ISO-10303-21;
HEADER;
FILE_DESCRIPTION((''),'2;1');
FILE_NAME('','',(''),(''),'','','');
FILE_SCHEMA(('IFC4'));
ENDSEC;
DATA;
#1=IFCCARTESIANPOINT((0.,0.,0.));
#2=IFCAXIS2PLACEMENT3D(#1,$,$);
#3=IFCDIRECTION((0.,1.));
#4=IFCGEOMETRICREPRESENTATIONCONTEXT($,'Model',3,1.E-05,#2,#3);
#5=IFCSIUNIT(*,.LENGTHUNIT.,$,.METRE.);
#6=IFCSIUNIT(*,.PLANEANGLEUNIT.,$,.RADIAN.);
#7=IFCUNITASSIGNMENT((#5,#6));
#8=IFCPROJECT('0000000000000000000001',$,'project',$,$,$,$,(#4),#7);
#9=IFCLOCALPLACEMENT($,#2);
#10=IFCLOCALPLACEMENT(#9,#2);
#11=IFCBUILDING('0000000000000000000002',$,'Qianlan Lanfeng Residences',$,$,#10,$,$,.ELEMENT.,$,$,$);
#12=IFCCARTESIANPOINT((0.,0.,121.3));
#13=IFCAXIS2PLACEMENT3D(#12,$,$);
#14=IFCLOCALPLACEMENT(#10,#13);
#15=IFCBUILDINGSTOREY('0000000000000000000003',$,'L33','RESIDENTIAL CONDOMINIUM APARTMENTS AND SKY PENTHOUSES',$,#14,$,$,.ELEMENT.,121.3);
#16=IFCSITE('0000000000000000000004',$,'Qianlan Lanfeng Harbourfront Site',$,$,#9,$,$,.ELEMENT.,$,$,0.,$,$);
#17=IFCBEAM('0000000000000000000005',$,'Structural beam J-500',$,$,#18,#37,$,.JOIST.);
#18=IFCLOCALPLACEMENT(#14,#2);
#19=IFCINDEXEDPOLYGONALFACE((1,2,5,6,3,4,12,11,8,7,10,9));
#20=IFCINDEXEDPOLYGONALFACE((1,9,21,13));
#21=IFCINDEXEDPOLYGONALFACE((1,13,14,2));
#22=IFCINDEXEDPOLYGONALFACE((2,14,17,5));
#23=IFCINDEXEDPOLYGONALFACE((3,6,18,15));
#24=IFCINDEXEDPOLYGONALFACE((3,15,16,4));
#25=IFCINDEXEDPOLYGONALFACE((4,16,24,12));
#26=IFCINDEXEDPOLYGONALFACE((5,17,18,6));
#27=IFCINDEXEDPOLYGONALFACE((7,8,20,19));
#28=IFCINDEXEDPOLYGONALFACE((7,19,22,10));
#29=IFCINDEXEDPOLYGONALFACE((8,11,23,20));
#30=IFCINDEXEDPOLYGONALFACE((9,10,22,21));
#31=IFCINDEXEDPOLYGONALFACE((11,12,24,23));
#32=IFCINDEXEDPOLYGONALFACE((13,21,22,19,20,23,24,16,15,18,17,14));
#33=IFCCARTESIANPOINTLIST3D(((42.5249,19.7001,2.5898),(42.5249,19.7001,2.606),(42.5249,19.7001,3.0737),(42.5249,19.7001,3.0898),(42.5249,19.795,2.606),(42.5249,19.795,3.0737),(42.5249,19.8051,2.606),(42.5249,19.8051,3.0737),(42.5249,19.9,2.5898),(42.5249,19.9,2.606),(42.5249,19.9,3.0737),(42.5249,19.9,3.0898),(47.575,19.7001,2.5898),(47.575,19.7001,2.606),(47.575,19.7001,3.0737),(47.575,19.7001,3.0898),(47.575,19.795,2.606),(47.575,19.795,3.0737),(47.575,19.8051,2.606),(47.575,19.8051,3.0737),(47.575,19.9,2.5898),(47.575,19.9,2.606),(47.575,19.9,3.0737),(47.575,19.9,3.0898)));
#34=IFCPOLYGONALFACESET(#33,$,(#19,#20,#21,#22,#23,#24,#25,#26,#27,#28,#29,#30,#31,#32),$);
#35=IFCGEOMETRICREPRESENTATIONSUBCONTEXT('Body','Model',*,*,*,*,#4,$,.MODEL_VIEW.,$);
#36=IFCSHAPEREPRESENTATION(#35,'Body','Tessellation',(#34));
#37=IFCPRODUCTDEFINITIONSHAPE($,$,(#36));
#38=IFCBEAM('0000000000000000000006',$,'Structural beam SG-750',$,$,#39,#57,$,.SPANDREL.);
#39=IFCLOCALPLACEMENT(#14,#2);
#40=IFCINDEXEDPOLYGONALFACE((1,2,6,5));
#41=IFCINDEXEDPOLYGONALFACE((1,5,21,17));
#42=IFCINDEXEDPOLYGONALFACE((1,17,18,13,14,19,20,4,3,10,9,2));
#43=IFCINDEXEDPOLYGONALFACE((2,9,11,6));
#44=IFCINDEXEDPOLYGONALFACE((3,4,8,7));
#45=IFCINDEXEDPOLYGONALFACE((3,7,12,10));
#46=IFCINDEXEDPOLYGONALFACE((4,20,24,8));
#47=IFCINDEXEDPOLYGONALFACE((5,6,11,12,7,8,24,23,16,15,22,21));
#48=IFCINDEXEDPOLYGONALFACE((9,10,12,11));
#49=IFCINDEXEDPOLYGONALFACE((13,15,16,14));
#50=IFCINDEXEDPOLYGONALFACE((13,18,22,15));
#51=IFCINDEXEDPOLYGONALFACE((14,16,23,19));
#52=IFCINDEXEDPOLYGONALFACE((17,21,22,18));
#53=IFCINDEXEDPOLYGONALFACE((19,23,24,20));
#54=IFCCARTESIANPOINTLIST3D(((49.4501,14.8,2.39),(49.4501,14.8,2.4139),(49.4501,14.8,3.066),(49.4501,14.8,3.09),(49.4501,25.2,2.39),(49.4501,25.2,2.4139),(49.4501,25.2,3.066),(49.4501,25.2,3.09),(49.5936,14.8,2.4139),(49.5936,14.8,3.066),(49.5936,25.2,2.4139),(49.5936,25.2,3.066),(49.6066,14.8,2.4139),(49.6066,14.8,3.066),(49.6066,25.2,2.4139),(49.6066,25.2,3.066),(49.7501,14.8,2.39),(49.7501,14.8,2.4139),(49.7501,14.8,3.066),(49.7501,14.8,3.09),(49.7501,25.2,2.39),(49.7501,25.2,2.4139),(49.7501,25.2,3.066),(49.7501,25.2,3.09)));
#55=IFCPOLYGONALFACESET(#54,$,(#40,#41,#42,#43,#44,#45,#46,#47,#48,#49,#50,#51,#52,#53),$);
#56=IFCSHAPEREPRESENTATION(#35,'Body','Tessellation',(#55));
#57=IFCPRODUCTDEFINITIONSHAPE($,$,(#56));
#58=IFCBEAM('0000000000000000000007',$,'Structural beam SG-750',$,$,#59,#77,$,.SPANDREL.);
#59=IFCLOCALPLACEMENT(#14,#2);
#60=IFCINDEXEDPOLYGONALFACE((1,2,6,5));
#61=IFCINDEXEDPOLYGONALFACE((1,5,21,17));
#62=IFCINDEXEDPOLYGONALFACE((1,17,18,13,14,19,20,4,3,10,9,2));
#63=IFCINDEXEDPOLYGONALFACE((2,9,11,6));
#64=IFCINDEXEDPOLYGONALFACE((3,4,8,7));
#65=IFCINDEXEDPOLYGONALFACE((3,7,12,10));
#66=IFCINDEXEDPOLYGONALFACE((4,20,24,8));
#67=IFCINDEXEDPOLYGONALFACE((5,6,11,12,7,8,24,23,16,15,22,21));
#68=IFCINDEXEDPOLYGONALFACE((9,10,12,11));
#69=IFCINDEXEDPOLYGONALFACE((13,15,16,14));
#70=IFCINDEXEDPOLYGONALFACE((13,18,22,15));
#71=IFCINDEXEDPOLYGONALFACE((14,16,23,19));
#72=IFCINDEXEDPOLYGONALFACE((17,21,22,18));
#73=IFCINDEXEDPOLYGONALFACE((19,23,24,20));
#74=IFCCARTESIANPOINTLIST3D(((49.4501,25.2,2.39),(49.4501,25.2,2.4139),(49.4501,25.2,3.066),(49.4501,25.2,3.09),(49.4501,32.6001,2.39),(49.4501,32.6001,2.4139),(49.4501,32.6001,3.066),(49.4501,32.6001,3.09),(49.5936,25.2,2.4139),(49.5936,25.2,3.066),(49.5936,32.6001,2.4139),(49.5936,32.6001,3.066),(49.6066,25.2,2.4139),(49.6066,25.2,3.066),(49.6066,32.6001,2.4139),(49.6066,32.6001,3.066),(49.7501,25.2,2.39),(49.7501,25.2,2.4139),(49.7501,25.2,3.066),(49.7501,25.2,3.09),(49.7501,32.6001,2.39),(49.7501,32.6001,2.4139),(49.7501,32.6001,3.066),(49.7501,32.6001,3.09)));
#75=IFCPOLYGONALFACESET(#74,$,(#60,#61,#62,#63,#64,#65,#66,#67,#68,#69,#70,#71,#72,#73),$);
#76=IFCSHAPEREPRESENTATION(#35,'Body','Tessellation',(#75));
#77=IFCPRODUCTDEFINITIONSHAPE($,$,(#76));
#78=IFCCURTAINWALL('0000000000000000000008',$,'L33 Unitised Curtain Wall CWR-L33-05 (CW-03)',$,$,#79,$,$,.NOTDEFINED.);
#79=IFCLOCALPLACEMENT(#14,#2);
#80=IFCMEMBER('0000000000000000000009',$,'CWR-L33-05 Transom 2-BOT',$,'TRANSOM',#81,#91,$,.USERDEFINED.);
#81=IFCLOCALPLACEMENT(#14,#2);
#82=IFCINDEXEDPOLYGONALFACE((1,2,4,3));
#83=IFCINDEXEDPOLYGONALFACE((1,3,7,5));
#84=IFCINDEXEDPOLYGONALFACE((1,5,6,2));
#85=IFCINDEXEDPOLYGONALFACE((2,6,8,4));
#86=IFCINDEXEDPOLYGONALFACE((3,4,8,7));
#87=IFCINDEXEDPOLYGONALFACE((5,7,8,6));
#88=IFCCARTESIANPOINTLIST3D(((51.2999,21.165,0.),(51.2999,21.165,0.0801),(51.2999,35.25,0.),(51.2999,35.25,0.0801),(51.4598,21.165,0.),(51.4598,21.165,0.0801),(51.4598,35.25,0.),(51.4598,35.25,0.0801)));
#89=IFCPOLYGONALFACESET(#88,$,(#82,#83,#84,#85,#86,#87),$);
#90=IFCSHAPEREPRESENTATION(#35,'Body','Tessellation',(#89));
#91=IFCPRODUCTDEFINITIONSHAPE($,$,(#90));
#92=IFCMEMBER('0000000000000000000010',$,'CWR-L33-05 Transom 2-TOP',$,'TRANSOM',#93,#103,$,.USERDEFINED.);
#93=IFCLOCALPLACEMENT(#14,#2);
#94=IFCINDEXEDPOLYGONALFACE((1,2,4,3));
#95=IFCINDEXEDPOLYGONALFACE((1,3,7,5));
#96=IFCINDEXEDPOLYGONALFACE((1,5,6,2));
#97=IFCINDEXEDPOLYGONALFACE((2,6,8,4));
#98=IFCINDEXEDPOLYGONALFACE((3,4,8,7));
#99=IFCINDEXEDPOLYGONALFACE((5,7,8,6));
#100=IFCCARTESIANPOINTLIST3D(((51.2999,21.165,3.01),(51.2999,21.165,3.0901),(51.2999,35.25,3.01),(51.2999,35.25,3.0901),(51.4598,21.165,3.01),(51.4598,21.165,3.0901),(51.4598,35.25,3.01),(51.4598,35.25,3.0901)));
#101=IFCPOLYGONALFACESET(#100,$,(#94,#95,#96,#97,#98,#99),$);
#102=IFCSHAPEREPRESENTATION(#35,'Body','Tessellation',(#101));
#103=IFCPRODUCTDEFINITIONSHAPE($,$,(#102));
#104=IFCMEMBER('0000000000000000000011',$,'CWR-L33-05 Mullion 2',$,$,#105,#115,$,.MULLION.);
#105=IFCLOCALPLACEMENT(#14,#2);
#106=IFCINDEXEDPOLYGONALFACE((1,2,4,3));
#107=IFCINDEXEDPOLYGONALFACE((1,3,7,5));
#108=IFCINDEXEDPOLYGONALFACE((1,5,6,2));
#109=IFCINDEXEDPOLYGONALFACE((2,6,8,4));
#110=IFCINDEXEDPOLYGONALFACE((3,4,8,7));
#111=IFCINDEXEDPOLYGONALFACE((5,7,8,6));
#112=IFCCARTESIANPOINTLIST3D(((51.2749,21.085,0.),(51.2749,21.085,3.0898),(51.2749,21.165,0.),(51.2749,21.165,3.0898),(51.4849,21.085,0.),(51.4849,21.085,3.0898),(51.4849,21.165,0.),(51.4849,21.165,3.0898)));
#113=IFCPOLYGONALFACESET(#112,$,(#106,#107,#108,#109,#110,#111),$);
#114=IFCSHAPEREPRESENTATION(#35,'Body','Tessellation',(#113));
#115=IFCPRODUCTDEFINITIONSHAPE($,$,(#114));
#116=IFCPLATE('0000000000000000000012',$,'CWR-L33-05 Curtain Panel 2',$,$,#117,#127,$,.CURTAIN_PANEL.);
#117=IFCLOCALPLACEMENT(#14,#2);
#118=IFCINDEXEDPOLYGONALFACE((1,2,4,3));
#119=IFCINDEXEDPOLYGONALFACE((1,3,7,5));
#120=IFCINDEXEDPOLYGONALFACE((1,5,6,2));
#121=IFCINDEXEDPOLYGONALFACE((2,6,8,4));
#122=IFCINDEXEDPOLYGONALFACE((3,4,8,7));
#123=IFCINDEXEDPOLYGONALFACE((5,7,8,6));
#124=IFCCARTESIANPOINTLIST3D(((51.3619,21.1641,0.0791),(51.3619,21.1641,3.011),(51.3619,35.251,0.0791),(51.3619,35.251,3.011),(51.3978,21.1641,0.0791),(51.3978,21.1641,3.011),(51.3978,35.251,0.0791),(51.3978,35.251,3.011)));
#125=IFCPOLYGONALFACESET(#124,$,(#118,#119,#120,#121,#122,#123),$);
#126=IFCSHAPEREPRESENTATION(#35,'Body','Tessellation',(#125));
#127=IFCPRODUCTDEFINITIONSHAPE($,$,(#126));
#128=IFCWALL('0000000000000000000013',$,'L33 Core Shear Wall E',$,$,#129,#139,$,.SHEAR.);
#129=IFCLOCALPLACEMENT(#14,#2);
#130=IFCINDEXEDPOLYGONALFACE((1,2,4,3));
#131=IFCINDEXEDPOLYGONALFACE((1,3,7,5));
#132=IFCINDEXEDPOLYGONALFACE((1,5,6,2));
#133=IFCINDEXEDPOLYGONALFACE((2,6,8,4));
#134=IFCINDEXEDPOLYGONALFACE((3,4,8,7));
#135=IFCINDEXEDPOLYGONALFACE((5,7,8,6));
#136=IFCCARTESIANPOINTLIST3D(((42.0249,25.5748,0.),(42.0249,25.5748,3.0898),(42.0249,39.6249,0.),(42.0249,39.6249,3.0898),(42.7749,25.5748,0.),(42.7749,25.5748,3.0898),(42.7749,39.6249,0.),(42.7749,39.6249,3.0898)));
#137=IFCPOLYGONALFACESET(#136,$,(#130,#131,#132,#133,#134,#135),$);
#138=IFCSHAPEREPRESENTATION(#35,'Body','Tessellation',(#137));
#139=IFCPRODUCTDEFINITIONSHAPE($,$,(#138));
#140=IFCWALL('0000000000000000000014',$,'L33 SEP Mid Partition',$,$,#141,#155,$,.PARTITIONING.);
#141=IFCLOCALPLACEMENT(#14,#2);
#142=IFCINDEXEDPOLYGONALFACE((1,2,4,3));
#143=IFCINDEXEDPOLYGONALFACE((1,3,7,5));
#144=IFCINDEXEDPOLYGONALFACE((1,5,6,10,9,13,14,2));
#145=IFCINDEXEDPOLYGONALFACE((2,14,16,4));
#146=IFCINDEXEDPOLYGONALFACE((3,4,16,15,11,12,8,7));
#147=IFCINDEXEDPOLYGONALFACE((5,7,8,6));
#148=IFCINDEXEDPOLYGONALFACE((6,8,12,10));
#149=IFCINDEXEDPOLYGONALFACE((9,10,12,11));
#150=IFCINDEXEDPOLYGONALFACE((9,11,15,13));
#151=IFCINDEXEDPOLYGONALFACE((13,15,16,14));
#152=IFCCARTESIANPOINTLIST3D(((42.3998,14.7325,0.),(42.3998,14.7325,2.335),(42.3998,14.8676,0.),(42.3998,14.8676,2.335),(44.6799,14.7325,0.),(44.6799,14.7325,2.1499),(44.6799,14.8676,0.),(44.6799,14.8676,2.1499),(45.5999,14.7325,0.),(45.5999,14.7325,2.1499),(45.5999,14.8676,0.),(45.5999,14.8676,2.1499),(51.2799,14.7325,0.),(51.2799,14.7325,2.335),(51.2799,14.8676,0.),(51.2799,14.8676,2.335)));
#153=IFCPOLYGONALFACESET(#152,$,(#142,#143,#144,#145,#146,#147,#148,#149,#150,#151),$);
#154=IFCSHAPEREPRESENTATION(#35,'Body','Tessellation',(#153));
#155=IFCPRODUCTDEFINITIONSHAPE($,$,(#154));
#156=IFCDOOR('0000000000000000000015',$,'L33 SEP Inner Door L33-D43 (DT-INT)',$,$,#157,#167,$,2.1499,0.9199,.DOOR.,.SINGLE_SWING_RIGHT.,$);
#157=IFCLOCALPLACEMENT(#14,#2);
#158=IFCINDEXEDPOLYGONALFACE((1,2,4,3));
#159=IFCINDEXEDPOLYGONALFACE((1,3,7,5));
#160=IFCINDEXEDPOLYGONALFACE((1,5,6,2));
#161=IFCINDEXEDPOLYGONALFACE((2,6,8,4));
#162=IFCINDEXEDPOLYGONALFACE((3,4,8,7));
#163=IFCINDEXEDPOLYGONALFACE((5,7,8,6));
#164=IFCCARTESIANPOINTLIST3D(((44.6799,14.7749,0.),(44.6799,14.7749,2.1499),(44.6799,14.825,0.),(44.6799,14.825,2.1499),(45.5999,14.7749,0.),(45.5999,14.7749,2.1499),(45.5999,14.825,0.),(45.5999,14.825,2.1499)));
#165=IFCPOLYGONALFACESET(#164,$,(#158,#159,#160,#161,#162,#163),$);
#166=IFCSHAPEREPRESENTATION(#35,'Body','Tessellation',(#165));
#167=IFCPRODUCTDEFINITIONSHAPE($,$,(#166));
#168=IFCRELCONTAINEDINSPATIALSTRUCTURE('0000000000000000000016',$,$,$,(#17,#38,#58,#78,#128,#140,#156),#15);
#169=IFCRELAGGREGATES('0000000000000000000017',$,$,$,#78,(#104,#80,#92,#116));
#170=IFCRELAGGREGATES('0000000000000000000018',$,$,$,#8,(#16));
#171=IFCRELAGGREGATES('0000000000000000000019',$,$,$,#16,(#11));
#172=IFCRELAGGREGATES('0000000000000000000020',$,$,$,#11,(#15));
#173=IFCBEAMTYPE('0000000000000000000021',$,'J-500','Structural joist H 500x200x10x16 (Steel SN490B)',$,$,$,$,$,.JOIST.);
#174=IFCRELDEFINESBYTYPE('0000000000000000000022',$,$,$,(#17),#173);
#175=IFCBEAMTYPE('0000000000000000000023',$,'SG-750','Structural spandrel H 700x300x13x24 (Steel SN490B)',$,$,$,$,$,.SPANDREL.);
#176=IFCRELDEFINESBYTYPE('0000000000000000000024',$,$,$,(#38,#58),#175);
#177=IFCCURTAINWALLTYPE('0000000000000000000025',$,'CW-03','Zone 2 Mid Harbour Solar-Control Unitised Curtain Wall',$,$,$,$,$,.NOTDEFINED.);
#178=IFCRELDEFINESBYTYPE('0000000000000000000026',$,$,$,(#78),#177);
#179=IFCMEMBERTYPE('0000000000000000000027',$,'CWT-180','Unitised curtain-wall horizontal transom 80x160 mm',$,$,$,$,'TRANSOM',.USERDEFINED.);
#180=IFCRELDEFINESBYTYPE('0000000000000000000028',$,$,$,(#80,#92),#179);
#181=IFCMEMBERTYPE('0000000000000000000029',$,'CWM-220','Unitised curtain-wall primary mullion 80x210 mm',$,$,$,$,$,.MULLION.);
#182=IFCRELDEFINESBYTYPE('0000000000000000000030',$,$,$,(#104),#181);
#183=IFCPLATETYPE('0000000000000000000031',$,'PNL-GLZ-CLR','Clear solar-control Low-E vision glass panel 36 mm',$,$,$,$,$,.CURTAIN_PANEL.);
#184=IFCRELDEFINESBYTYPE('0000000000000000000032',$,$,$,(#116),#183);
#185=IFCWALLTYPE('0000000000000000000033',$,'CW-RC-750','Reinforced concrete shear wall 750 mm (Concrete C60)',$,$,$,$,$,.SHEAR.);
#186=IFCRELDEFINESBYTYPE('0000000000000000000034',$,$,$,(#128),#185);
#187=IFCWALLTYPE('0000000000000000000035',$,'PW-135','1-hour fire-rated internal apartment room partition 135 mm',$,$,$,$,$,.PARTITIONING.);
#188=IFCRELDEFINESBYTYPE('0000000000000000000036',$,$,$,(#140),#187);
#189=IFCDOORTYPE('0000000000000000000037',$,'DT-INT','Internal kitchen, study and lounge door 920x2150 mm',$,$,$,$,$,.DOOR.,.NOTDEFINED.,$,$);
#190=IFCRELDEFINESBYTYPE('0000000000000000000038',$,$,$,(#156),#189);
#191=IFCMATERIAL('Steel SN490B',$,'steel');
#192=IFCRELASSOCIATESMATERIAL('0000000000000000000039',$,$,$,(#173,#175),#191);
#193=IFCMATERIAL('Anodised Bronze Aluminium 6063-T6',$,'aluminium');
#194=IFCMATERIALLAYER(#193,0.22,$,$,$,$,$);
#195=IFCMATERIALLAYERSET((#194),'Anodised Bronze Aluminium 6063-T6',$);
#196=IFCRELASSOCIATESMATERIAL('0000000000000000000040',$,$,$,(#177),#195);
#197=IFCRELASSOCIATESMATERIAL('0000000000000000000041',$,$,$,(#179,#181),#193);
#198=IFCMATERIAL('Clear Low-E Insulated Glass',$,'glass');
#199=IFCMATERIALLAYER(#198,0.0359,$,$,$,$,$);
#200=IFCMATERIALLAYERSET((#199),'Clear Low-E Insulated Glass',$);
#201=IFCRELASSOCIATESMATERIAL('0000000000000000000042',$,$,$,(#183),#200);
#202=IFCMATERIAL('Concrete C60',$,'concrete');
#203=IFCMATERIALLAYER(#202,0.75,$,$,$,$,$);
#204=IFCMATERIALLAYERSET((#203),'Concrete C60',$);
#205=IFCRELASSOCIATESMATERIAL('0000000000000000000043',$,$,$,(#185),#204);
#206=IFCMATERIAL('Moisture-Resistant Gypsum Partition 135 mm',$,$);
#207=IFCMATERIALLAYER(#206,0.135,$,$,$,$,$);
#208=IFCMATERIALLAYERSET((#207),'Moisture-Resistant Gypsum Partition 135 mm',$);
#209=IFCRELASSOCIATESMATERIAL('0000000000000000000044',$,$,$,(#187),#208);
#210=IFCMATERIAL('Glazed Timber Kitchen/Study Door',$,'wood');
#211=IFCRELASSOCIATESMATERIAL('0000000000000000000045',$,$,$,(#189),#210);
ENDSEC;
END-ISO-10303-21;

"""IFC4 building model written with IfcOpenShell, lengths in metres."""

from ifc_helpers import new_model, si_unit, direction, frame, frame_2d, origin, origin_2d, place, context, subcontext, project, spatial, rectangle, i_section, extrude, source, transform, mapped, material, layer, layer_set, material_profile, profile_set, type_object, element, fill, aggregate, save


model = new_model("IFC4")

# Units and contexts
model_context = context("Model", 3, precision=1e-05, world=origin(), true_north=direction((0.0, 1.0)))
body_context = subcontext(model_context, "Body", "Model", "MODEL_VIEW")
ifc_project = project(units=[si_unit("LENGTHUNIT", "METRE"), si_unit("PLANEANGLEUNIT", "RADIAN")], contexts=[model_context])

# Site, building, storey
site_placement = place(None, origin())
site = spatial("IfcSite", under=ifc_project, at=site_placement, Name="Qianlan Lanfeng Harbourfront Site", CompositionType="ELEMENT", RefElevation=0.0)
building_placement = place(site_placement, origin())
building = spatial("IfcBuilding", under=site, at=building_placement, Name="Qianlan Lanfeng Residences", CompositionType="ELEMENT")
storey_placement = place(building_placement, frame((0.0, 0.0, 121.3)))
storey = spatial("IfcBuildingStorey", under=building, at=storey_placement, Name="L33", Description="RESIDENTIAL CONDOMINIUM APARTMENTS AND SKY PENTHOUSES", CompositionType="ELEMENT", Elevation=121.3)

# Shared definitions
ifc_material_1 = material(Name="Steel SN490B", Category="steel")

# Beams
ifc_material_profile_1 = material_profile(ifc_material_1, i_section(OverallWidth=0.2, OverallDepth=0.5, WebThickness=0.01, FlangeThickness=0.0161, at=origin_2d()), Name="H 500x200x10x16")
ifc_profile_set_1 = profile_set([ifc_material_profile_1], Name="Steel SN490B")
beam_type_1 = type_object("IfcBeamType", Name="J-500", Description="Structural joist H 500x200x10x16 (Steel SN490B)", PredefinedType="JOIST", material=ifc_profile_set_1)
beam_1_placement = place(storey_placement, frame((42.5249, 19.8, 2.8398), z_axis=(1.0, 0.0, 0.0), x_axis=(0.0, 1.0, 0.0)))
element("IfcBeam", 1, at=beam_1_placement, inside=storey, type_object=beam_type_1, Name="Structural beam J-500", PredefinedType="JOIST", context=body_context, shape_type="SweptSolid", body=[
    extrude(i_section(OverallWidth=0.2, OverallDepth=0.5, WebThickness=0.01, FlangeThickness=0.0161, at=origin_2d()), origin(), (0.0, 0.0, 1.0), 5.05),
])
ifc_material_profile_2 = material_profile(ifc_material_1, i_section(OverallWidth=0.3, OverallDepth=0.7, WebThickness=0.0129, FlangeThickness=0.0239, at=origin_2d()), Name="H 700x300x13x24")
ifc_profile_set_2 = profile_set([ifc_material_profile_2], Name="Steel SN490B")
beam_type_2 = type_object("IfcBeamType", Name="SG-750", Description="Structural spandrel H 700x300x13x24 (Steel SN490B)", PredefinedType="SPANDREL", material=ifc_profile_set_2)
beam_2_placement = place(storey_placement, frame((49.6001, 14.8, 2.74), z_axis=(0.0, 1.0, 0.0), x_axis=(-1.0, 0.0, 0.0)))
element("IfcBeam", 2, at=beam_2_placement, inside=storey, type_object=beam_type_2, Name="Structural beam SG-750", PredefinedType="SPANDREL", context=body_context, shape_type="SweptSolid", body=[
    extrude(i_section(OverallWidth=0.3, OverallDepth=0.7, WebThickness=0.0129, FlangeThickness=0.0239, at=origin_2d()), origin(), (0.0, 0.0, 1.0), 10.3999),
])
beam_3_placement = place(storey_placement, frame((49.6001, 25.2, 2.74), z_axis=(0.0, 1.0, 0.0), x_axis=(-1.0, 0.0, 0.0)))
element("IfcBeam", 3, at=beam_3_placement, inside=storey, type_object=beam_type_2, Name="Structural beam SG-750", PredefinedType="SPANDREL", context=body_context, shape_type="SweptSolid", body=[
    extrude(i_section(OverallWidth=0.3, OverallDepth=0.7, WebThickness=0.0129, FlangeThickness=0.0239, at=origin_2d()), origin(), (0.0, 0.0, 1.0), 7.4001),
])

# Curtain wall, members, plate
ifc_material_2 = material(Name="Anodised Bronze Aluminium 6063-T6", Category="aluminium")
ifc_layer_1 = layer(ifc_material_2, 0.22)
ifc_layer_set_1 = layer_set([ifc_layer_1], Name="Anodised Bronze Aluminium 6063-T6")
curtain_wall_type = type_object("IfcCurtainWallType", Name="CW-03", Description="Zone 2 Mid Harbour Solar-Control Unitised Curtain Wall", PredefinedType="NOTDEFINED", material=ifc_layer_set_1)
curtain_wall_placement = place(storey_placement, origin())
curtain_wall = element("IfcCurtainWall", 4, at=curtain_wall_placement, inside=storey, type_object=curtain_wall_type, Name="L33 Unitised Curtain Wall CWR-L33-05 (CW-03)", PredefinedType="NOTDEFINED")
ifc_material_profile_3 = material_profile(ifc_material_2, rectangle(XDim=0.0801, YDim=0.1599, at=origin_2d()), Name="ALU TRANSOM 80x160")
ifc_profile_set_3 = profile_set([ifc_material_profile_3], Name="Anodised Bronze Aluminium 6063-T6")
member_type_1 = type_object("IfcMemberType", Name="CWT-180", Description="Unitised curtain-wall horizontal transom 80x160 mm", ElementType="TRANSOM", PredefinedType="USERDEFINED", material=ifc_profile_set_3)
shared_shape_1 = source(origin(), body_context, "Body", "SweptSolid", [
    extrude(rectangle(XDim=0.0801, YDim=0.1599, at=origin_2d()), origin(), (0.0, 0.0, 1.0), 14.085),
])
member_1_placement = place(storey_placement, frame((51.3799, 21.165, 0.04), z_axis=(0.0, 1.0, 0.0), x_axis=(0.0, 0.0, 1.0)))
member_1 = element("IfcMember", 5, at=member_1_placement, type_object=member_type_1, Name="CWR-L33-05 Transom 2-BOT", ObjectType="TRANSOM", PredefinedType="USERDEFINED", context=body_context, shape_type="MappedRepresentation", body=[
    mapped(shared_shape_1, transform((0.0, 0.0, 0.0), scale=1.0)),
])
member_2_placement = place(storey_placement, frame((51.3799, 21.165, 3.05), z_axis=(0.0, 1.0, 0.0), x_axis=(0.0, 0.0, 1.0)))
member_2 = element("IfcMember", 6, at=member_2_placement, type_object=member_type_1, Name="CWR-L33-05 Transom 2-TOP", ObjectType="TRANSOM", PredefinedType="USERDEFINED", context=body_context, shape_type="MappedRepresentation", body=[
    mapped(shared_shape_1, transform((0.0, 0.0, 0.0), scale=1.0)),
])
ifc_material_profile_4 = material_profile(ifc_material_2, rectangle(XDim=0.0801, YDim=0.21, at=origin_2d()), Name="ALU MULLION 80x210")
ifc_profile_set_4 = profile_set([ifc_material_profile_4], Name="Anodised Bronze Aluminium 6063-T6")
member_type_2 = type_object("IfcMemberType", Name="CWM-220", Description="Unitised curtain-wall primary mullion 80x210 mm", PredefinedType="MULLION", material=ifc_profile_set_4)
shared_shape_2 = source(origin(), body_context, "Body", "SweptSolid", [
    extrude(rectangle(XDim=0.0801, YDim=0.21, at=origin_2d()), origin(), (0.0, 0.0, 1.0), 3.0898),
])
member_3_placement = place(storey_placement, frame((51.3799, 21.125, 0.0), z_axis=(0.0, 0.0, 1.0), x_axis=(0.0, 1.0, 0.0)))
member_3 = element("IfcMember", 7, at=member_3_placement, type_object=member_type_2, Name="CWR-L33-05 Mullion 2", PredefinedType="MULLION", context=body_context, shape_type="MappedRepresentation", body=[
    mapped(shared_shape_2, transform((0.0, 0.0, 0.0), scale=1.0)),
])
ifc_material_3 = material(Name="Clear Low-E Insulated Glass", Category="glass")
ifc_layer_2 = layer(ifc_material_3, 0.0359)
ifc_layer_set_2 = layer_set([ifc_layer_2], Name="Clear Low-E Insulated Glass")
plate_type = type_object("IfcPlateType", Name="PNL-GLZ-CLR", Description="Clear solar-control Low-E vision glass panel 36 mm", PredefinedType="CURTAIN_PANEL", material=ifc_layer_set_2)
shared_shape_3 = source(origin(), body_context, "Body", "SweptSolid", [
    extrude(rectangle(XDim=14.0869, YDim=0.0359, at=origin_2d()), origin(), (0.0, 0.0, 1.0), 2.9319),
])
plate_placement = place(storey_placement, frame((51.3799, 28.2075, 0.0791), z_axis=(0.0, 0.0, 1.0), x_axis=(0.0, 1.0, 0.0)))
plate = element("IfcPlate", 8, at=plate_placement, type_object=plate_type, Name="CWR-L33-05 Curtain Panel 2", PredefinedType="CURTAIN_PANEL", context=body_context, shape_type="MappedRepresentation", body=[
    mapped(shared_shape_3, transform((0.0, 0.0, 0.0), scale=1.0)),
])
aggregate(curtain_wall, [member_3, member_1, member_2, plate])

# Wall
ifc_material_4 = material(Name="Concrete C60", Category="concrete")
ifc_layer_3 = layer(ifc_material_4, 0.75)
ifc_layer_set_3 = layer_set([ifc_layer_3], Name="Concrete C60")
wall_type_1 = type_object("IfcWallType", Name="CW-RC-750", Description="Reinforced concrete shear wall 750 mm (Concrete C60)", PredefinedType="SHEAR", material=ifc_layer_set_3)
wall_1_placement = place(storey_placement, frame((42.3999, 25.575, 0.0), z_axis=(0.0, 0.0, 1.0), x_axis=(0.0, 1.0, 0.0)))
element("IfcWall", 9, at=wall_1_placement, inside=storey, type_object=wall_type_1, Name="L33 Core Shear Wall E", PredefinedType="SHEAR", context=body_context, shape_type="SweptSolid", body=[
    extrude(rectangle(XDim=14.05, YDim=0.75, at=frame_2d((7.0249, 0.0))), origin(), (0.0, 0.0, 1.0), 3.0898),
])

# Wall, opening, door
ifc_material_5 = material(Name="Moisture-Resistant Gypsum Partition 135 mm")
ifc_layer_4 = layer(ifc_material_5, 0.135)
ifc_layer_set_4 = layer_set([ifc_layer_4], Name="Moisture-Resistant Gypsum Partition 135 mm")
wall_type_2 = type_object("IfcWallType", Name="PW-135", Description="1-hour fire-rated internal apartment room partition 135 mm", PredefinedType="PARTITIONING", material=ifc_layer_set_4)
wall_2_placement = place(storey_placement, frame((42.3999, 14.8, 0.0), z_axis=(0.0, 0.0, 1.0), x_axis=(1.0, 0.0, 0.0)))
wall_2 = element("IfcWall", 10, at=wall_2_placement, inside=storey, type_object=wall_type_2, Name="L33 SEP Mid Partition", PredefinedType="PARTITIONING", context=body_context, shape_type="SweptSolid", body=[
    extrude(rectangle(XDim=8.8801, YDim=0.135, at=frame_2d((4.4399, 0.0))), origin(), (0.0, 0.0, 1.0), 2.335),
])
opening_1_placement = place(wall_2_placement, frame((2.28, 0.0, 0.0)))
opening_1 = element("IfcOpeningElement", 11, at=opening_1_placement, cuts=wall_2, PredefinedType="OPENING", context=body_context, shape_type="SweptSolid", body=[
    extrude(rectangle(XDim=0.9199, YDim=2.1499, at=frame_2d((0.46, 1.075))), frame((0.0, 0.0776, 0.0), z_axis=(0.0, -1.0, 0.0), x_axis=(1.0, 0.0, 0.0)), (0.0, 0.0, 1.0), 0.155),
])
ifc_material_6 = material(Name="Glazed Timber Kitchen/Study Door", Category="wood")
door_type = type_object("IfcDoorType", Name="DT-INT", Description="Internal kitchen, study and lounge door 920x2150 mm", OperationType="NOTDEFINED", PredefinedType="DOOR", material=ifc_material_6)
door_1_placement = place(opening_1_placement, origin())
door_1 = element("IfcDoor", 12, at=door_1_placement, inside=storey, type_object=door_type, Name="L33 SEP Inner Door L33-D43 (DT-INT)", OperationType="SINGLE_SWING_RIGHT", OverallHeight=2.1499, OverallWidth=0.9199, PredefinedType="DOOR", context=body_context, shape_type="SweptSolid", body=[
    extrude(rectangle(XDim=0.9199, YDim=2.1499, at=frame_2d((0.46, 1.075))), frame((0.0, 0.0249, 0.0), z_axis=(0.0, -1.0, 0.0), x_axis=(1.0, 0.0, 0.0)), (0.0, 0.0, 1.0), 0.05),
])
fill(opening_1, door_1)

save(model, "model.ifc")
